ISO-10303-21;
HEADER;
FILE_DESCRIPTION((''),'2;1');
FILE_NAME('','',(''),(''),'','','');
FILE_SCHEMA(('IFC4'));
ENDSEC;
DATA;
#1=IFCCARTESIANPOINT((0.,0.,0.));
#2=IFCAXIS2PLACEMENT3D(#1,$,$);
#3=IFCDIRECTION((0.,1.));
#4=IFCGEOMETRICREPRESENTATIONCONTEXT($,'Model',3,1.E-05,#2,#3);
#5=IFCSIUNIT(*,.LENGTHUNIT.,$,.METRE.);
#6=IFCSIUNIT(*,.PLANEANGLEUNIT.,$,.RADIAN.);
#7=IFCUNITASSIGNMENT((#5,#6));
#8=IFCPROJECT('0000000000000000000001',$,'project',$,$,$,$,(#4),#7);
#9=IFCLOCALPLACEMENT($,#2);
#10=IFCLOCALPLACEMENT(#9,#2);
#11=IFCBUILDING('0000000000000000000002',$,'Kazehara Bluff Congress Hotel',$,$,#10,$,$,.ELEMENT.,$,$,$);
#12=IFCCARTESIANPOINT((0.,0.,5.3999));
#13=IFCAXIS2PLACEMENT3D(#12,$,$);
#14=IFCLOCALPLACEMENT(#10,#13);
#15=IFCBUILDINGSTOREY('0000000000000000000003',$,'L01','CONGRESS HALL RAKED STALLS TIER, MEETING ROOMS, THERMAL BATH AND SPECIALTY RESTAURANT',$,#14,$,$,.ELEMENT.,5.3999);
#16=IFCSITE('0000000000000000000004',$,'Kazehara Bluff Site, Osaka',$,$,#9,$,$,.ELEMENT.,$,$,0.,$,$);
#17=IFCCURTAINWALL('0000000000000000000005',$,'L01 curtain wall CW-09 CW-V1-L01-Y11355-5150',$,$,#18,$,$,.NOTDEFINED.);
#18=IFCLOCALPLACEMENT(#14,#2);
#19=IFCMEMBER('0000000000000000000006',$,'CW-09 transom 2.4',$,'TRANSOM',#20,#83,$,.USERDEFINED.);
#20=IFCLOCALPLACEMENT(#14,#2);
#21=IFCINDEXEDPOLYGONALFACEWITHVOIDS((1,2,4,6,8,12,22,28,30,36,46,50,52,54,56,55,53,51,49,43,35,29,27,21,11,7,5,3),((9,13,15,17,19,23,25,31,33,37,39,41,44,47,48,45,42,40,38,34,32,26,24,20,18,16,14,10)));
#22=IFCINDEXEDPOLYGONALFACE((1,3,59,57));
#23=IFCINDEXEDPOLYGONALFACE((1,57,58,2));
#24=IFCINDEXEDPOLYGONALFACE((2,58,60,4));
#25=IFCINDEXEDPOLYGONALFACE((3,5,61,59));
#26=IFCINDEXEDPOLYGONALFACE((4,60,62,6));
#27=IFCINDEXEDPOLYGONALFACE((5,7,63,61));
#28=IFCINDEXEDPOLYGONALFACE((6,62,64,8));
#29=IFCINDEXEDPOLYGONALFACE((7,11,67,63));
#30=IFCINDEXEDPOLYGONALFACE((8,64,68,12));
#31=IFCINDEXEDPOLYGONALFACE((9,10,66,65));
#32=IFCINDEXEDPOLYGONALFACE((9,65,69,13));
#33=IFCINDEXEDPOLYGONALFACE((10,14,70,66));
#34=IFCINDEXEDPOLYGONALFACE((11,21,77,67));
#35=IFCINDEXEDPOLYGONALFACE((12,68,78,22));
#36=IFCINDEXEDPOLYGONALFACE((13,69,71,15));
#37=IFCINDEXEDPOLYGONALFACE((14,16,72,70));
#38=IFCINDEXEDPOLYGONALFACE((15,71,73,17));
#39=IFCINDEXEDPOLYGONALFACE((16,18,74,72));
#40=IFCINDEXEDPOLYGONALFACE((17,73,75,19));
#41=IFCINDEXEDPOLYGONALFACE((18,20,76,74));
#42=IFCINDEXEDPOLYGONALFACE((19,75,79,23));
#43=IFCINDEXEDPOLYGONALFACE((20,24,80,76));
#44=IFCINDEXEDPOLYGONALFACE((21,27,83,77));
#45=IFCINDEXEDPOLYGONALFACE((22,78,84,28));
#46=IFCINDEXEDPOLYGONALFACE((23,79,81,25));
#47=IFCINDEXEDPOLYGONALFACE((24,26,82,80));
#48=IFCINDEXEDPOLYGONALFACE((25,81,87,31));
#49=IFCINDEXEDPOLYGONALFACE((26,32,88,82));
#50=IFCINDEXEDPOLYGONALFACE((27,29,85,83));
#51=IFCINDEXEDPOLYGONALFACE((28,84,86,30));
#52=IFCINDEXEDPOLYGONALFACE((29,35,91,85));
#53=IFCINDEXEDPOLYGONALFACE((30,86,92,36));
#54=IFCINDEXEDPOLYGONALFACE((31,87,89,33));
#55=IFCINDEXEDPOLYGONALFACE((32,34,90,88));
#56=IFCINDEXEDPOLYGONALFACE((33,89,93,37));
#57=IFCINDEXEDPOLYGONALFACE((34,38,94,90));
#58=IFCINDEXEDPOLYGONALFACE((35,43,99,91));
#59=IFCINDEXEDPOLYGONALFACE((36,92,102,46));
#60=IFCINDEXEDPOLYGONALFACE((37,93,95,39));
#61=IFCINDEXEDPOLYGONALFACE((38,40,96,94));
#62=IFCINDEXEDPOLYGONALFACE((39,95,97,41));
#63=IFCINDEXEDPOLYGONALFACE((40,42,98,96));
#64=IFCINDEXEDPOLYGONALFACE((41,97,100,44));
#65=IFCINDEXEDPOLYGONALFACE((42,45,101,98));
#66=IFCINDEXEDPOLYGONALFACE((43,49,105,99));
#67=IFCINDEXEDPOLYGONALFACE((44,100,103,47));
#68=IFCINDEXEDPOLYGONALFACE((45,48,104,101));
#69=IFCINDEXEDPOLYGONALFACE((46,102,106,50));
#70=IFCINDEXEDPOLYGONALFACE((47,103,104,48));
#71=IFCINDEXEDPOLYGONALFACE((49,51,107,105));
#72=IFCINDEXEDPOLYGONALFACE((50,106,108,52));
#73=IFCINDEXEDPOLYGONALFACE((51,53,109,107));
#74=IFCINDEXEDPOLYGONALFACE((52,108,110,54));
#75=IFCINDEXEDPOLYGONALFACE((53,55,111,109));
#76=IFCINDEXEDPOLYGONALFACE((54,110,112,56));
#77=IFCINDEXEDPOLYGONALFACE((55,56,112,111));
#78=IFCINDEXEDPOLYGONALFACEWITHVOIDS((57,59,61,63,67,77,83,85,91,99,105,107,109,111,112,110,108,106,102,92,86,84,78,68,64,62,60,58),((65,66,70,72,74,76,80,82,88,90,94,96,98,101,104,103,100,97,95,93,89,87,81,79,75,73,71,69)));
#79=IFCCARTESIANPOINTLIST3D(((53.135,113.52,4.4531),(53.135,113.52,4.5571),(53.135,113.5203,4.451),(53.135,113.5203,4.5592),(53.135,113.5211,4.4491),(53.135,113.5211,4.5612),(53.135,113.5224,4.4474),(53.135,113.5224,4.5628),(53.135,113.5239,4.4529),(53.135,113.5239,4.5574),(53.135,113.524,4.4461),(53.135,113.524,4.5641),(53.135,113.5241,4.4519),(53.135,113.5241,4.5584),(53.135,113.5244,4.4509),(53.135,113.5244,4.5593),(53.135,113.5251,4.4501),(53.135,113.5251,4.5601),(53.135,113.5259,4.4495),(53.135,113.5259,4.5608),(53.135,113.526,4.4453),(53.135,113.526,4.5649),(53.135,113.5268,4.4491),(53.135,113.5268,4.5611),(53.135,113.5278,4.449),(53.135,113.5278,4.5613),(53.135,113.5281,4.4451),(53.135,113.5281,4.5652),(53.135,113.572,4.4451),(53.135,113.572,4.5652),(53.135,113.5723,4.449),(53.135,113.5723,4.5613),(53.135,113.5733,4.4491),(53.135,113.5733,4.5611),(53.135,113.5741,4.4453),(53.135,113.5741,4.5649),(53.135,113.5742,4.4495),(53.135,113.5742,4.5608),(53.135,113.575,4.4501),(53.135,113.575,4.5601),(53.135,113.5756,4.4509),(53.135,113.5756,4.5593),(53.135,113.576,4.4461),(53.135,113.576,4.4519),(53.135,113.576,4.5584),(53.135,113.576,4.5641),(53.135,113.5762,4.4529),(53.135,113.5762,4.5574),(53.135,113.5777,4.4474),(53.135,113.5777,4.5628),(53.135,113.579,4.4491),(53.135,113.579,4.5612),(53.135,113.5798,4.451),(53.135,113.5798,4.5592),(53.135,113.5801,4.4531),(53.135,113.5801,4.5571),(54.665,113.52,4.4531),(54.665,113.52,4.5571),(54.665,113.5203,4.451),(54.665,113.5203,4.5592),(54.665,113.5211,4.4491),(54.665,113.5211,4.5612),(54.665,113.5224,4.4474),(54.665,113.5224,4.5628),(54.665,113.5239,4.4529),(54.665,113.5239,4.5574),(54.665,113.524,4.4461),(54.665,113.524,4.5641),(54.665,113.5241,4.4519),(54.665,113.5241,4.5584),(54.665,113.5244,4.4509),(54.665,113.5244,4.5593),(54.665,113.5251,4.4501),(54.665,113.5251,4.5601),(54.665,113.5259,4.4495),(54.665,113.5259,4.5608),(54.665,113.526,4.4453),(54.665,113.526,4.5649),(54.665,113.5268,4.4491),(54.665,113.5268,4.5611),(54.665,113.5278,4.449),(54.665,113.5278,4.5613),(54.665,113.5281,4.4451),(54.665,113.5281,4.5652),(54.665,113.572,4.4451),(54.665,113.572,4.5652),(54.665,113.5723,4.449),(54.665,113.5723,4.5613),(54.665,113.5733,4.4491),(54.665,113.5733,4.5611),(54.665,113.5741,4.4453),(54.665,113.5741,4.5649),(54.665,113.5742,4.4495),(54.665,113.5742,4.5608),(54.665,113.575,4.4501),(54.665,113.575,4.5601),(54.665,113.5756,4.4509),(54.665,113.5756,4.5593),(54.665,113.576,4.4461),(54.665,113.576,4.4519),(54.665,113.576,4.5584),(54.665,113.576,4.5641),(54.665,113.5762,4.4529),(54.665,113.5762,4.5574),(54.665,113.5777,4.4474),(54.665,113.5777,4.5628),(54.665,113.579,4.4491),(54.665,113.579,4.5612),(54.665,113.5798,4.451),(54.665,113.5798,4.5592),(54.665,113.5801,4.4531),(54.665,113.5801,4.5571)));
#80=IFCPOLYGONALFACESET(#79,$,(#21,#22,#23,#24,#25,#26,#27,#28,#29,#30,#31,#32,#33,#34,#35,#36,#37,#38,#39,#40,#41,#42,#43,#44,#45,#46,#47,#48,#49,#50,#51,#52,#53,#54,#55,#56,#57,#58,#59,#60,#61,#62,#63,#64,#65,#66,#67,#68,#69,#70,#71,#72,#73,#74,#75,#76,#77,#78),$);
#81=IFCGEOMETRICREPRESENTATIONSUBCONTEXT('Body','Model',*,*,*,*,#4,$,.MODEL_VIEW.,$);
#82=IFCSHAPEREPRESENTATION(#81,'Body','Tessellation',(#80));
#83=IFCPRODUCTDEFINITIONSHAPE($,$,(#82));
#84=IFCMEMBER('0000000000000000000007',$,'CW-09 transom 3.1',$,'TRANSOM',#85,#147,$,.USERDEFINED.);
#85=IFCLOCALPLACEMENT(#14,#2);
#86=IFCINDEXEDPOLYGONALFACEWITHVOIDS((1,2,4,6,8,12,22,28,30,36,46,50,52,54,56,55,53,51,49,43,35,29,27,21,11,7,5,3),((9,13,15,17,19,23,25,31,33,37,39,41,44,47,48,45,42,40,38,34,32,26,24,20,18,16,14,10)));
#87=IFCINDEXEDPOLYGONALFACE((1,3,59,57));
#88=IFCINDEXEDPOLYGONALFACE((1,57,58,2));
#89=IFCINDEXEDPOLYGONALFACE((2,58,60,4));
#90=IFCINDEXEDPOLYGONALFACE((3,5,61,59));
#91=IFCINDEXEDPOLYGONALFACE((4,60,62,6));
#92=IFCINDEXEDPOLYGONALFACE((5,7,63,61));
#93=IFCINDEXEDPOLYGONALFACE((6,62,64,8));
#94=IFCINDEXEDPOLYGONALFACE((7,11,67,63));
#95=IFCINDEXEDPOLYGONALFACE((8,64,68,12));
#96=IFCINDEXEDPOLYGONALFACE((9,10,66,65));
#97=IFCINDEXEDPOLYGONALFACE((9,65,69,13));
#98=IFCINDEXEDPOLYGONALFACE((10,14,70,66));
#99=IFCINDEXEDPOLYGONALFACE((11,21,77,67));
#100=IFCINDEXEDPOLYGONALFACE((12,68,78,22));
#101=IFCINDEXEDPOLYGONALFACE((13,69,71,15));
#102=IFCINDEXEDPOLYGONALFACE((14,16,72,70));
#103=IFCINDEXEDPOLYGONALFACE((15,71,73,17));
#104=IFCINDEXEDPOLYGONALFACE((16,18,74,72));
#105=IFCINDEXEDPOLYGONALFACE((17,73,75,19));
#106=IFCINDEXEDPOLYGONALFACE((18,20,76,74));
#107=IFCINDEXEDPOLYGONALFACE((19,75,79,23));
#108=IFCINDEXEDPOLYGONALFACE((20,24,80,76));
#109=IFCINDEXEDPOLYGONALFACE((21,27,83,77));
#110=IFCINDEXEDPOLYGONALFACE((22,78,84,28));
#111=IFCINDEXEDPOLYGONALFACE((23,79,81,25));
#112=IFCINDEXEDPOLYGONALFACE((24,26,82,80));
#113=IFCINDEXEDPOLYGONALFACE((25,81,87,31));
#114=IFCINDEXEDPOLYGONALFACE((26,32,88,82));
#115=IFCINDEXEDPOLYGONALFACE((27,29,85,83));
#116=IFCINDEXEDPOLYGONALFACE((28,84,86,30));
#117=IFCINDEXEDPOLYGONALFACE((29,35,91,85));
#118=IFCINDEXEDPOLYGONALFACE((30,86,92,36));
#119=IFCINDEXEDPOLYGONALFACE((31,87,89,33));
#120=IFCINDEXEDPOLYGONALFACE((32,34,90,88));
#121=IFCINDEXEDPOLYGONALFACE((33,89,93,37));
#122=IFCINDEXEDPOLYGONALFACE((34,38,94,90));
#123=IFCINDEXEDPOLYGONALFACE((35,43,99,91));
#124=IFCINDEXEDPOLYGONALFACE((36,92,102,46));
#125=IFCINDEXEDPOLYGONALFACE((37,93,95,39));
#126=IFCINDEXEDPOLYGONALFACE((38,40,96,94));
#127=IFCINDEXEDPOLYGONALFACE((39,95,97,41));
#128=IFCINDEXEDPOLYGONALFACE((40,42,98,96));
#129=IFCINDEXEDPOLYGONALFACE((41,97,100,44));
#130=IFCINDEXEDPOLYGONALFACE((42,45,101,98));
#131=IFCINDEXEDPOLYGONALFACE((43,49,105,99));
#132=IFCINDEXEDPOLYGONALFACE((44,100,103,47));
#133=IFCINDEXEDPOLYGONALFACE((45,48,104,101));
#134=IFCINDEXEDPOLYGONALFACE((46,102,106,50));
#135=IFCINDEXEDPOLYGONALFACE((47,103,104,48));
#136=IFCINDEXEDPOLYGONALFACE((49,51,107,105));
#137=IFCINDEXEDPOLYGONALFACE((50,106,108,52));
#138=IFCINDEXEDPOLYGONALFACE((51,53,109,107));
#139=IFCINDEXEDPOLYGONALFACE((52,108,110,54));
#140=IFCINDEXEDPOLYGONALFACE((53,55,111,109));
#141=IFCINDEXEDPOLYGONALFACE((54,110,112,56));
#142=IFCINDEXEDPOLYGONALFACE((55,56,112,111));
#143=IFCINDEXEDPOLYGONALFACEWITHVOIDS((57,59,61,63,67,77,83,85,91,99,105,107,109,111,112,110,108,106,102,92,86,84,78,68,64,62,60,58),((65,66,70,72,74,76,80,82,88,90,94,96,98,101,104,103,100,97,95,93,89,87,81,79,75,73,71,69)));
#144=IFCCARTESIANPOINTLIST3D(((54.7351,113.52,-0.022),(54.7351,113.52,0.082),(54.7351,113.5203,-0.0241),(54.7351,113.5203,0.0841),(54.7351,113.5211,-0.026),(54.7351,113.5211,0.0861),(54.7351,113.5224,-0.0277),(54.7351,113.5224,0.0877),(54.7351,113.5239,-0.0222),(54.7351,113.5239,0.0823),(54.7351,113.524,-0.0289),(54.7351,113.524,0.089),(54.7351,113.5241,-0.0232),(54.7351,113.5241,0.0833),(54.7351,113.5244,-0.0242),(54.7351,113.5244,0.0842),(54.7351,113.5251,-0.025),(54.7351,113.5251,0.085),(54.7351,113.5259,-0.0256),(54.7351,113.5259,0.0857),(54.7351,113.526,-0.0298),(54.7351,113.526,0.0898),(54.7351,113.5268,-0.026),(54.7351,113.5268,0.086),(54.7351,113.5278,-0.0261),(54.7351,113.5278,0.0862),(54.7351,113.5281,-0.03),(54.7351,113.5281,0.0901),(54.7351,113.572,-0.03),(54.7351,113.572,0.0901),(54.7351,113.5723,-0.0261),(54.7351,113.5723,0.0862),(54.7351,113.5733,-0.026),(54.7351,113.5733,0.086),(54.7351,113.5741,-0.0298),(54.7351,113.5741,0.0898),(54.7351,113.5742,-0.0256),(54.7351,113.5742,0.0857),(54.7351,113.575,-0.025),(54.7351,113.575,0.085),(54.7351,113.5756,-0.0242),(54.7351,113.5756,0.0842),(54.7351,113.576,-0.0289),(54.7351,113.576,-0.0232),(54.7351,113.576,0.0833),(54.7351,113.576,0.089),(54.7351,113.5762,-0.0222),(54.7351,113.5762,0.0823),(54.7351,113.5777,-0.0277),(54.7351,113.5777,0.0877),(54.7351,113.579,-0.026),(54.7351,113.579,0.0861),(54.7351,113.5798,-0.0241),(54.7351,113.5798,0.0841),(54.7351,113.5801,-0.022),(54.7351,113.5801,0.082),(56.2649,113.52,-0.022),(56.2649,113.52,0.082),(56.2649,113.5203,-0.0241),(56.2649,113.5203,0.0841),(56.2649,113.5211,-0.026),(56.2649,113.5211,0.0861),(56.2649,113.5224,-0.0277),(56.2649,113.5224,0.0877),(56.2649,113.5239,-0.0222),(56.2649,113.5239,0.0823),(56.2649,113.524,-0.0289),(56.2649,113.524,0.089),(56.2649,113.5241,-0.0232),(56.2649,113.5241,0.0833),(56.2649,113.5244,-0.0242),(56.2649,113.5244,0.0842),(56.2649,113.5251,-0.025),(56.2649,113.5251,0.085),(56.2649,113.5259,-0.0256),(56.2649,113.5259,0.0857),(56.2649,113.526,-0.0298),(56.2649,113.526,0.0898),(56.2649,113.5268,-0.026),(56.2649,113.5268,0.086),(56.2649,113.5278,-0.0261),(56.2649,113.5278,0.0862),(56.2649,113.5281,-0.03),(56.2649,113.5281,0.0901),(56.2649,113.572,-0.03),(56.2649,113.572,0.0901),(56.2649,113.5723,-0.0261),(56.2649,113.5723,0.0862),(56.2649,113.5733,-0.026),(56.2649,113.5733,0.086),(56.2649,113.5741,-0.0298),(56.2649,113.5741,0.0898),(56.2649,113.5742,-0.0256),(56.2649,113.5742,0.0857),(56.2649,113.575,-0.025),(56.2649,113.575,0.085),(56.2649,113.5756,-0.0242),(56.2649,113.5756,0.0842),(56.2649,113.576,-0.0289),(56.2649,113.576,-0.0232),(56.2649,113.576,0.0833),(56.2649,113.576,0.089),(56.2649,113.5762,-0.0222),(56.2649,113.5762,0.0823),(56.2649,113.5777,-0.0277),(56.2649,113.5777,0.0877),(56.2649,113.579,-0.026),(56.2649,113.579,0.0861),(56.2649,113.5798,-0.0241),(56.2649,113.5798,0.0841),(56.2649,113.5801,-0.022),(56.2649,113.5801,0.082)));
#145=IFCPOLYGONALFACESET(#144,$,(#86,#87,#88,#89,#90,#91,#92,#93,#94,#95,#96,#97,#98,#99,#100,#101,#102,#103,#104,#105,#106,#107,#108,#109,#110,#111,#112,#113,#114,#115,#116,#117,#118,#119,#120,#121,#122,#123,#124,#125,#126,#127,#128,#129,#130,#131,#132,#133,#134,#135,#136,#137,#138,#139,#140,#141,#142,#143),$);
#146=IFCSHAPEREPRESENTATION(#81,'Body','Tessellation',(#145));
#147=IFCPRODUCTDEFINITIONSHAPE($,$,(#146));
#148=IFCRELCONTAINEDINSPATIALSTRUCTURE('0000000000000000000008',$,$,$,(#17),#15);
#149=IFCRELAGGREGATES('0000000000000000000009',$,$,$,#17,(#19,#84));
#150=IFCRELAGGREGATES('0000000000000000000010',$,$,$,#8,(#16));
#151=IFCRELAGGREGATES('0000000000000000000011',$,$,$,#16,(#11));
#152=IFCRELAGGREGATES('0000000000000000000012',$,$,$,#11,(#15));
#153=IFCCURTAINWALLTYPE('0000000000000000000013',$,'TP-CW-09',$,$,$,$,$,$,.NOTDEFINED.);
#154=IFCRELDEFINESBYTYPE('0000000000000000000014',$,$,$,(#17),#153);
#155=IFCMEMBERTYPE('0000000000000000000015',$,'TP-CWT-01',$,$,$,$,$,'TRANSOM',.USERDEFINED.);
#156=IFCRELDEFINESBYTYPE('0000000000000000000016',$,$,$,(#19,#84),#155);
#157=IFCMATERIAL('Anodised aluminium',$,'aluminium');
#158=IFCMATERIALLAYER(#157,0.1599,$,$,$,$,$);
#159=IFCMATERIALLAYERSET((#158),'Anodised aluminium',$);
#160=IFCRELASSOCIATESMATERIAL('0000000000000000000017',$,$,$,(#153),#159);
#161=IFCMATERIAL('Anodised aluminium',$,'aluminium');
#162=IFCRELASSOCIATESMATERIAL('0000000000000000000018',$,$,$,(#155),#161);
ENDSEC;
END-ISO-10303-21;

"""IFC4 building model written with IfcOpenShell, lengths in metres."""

from ifc_helpers import new_model, si_unit, direction, frame, origin, origin_2d, place, context, subcontext, project, spatial, hollow_rectangle, extrude, material, layer, layer_set, material_profile, profile_set, type_object, element, aggregate, save


model = new_model("IFC4")

# Units and contexts
model_context = context("Model", 3, precision=1e-05, world=origin(), true_north=direction((0.0, 1.0)))
body_context = subcontext(model_context, "Body", "Model", "MODEL_VIEW")
ifc_project = project(units=[si_unit("LENGTHUNIT", "METRE"), si_unit("PLANEANGLEUNIT", "RADIAN")], contexts=[model_context])

# Site, building, storey
site_placement = place(None, origin())
site = spatial("IfcSite", under=ifc_project, at=site_placement, Name="Kazehara Bluff Site, Osaka", CompositionType="ELEMENT", RefElevation=0.0)
building_placement = place(site_placement, origin())
building = spatial("IfcBuilding", under=site, at=building_placement, Name="Kazehara Bluff Congress Hotel", CompositionType="ELEMENT")
storey_placement = place(building_placement, frame((0.0, 0.0, 5.3999)))
storey = spatial("IfcBuildingStorey", under=building, at=storey_placement, Name="L01", Description="CONGRESS HALL RAKED STALLS TIER, MEETING ROOMS, THERMAL BATH AND SPECIALTY RESTAURANT", CompositionType="ELEMENT", Elevation=5.3999)

# Curtain wall, members
ifc_material_1 = material(Name="Anodised aluminium", Category="aluminium")
ifc_layer_1 = layer(ifc_material_1, 0.1599)
ifc_layer_set_1 = layer_set([ifc_layer_1], Name="Anodised aluminium")
curtain_wall_type = type_object("IfcCurtainWallType", Name="TP-CW-09", PredefinedType="NOTDEFINED", material=ifc_layer_set_1)
curtain_wall_placement = place(storey_placement, origin())
curtain_wall = element("IfcCurtainWall", 1, at=curtain_wall_placement, inside=storey, type_object=curtain_wall_type, Name="L01 curtain wall CW-09 CW-V1-L01-Y11355-5150", PredefinedType="NOTDEFINED")
ifc_material_2 = material(Name="Anodised aluminium", Category="aluminium")
ifc_material_profile_1 = material_profile(ifc_material_2, hollow_rectangle(XDim=0.0601, YDim=0.1201, WallThickness=0.0039, InnerFilletRadius=0.0039, OuterFilletRadius=0.0081, at=origin_2d()))
ifc_profile_set_1 = profile_set([ifc_material_profile_1], Name="Anodised aluminium")
member_type_1 = type_object("IfcMemberType", Name="TP-CWT-01", ElementType="TRANSOM", PredefinedType="USERDEFINED", material=ifc_profile_set_1)
member_1_placement = place(storey_placement, frame((53.135, 113.55, 4.5051), z_axis=(1.0, 0.0, 0.0), x_axis=(0.0, 1.0, 0.0)))
member_1 = element("IfcMember", 2, at=member_1_placement, type_object=member_type_1, Name="CW-09 transom 2.4", ObjectType="TRANSOM", PredefinedType="USERDEFINED", context=body_context, shape_type="SweptSolid", body=[
    extrude(hollow_rectangle(XDim=0.0601, YDim=0.1201, WallThickness=0.0039, InnerFilletRadius=0.0039, OuterFilletRadius=0.0081, at=origin_2d()), origin(), (0.0, 0.0, 1.0), 1.53),
])
member_2_placement = place(storey_placement, frame((54.7351, 113.55, 0.03), z_axis=(1.0, 0.0, 0.0), x_axis=(0.0, 1.0, 0.0)))
member_2 = element("IfcMember", 3, at=member_2_placement, type_object=member_type_1, Name="CW-09 transom 3.1", ObjectType="TRANSOM", PredefinedType="USERDEFINED", context=body_context, shape_type="SweptSolid", body=[
    extrude(hollow_rectangle(XDim=0.0601, YDim=0.1201, WallThickness=0.0039, InnerFilletRadius=0.0039, OuterFilletRadius=0.0081, at=origin_2d()), origin(), (0.0, 0.0, 1.0), 1.5298),
])
aggregate(curtain_wall, [member_1, member_2])

save(model, "model.ifc")
